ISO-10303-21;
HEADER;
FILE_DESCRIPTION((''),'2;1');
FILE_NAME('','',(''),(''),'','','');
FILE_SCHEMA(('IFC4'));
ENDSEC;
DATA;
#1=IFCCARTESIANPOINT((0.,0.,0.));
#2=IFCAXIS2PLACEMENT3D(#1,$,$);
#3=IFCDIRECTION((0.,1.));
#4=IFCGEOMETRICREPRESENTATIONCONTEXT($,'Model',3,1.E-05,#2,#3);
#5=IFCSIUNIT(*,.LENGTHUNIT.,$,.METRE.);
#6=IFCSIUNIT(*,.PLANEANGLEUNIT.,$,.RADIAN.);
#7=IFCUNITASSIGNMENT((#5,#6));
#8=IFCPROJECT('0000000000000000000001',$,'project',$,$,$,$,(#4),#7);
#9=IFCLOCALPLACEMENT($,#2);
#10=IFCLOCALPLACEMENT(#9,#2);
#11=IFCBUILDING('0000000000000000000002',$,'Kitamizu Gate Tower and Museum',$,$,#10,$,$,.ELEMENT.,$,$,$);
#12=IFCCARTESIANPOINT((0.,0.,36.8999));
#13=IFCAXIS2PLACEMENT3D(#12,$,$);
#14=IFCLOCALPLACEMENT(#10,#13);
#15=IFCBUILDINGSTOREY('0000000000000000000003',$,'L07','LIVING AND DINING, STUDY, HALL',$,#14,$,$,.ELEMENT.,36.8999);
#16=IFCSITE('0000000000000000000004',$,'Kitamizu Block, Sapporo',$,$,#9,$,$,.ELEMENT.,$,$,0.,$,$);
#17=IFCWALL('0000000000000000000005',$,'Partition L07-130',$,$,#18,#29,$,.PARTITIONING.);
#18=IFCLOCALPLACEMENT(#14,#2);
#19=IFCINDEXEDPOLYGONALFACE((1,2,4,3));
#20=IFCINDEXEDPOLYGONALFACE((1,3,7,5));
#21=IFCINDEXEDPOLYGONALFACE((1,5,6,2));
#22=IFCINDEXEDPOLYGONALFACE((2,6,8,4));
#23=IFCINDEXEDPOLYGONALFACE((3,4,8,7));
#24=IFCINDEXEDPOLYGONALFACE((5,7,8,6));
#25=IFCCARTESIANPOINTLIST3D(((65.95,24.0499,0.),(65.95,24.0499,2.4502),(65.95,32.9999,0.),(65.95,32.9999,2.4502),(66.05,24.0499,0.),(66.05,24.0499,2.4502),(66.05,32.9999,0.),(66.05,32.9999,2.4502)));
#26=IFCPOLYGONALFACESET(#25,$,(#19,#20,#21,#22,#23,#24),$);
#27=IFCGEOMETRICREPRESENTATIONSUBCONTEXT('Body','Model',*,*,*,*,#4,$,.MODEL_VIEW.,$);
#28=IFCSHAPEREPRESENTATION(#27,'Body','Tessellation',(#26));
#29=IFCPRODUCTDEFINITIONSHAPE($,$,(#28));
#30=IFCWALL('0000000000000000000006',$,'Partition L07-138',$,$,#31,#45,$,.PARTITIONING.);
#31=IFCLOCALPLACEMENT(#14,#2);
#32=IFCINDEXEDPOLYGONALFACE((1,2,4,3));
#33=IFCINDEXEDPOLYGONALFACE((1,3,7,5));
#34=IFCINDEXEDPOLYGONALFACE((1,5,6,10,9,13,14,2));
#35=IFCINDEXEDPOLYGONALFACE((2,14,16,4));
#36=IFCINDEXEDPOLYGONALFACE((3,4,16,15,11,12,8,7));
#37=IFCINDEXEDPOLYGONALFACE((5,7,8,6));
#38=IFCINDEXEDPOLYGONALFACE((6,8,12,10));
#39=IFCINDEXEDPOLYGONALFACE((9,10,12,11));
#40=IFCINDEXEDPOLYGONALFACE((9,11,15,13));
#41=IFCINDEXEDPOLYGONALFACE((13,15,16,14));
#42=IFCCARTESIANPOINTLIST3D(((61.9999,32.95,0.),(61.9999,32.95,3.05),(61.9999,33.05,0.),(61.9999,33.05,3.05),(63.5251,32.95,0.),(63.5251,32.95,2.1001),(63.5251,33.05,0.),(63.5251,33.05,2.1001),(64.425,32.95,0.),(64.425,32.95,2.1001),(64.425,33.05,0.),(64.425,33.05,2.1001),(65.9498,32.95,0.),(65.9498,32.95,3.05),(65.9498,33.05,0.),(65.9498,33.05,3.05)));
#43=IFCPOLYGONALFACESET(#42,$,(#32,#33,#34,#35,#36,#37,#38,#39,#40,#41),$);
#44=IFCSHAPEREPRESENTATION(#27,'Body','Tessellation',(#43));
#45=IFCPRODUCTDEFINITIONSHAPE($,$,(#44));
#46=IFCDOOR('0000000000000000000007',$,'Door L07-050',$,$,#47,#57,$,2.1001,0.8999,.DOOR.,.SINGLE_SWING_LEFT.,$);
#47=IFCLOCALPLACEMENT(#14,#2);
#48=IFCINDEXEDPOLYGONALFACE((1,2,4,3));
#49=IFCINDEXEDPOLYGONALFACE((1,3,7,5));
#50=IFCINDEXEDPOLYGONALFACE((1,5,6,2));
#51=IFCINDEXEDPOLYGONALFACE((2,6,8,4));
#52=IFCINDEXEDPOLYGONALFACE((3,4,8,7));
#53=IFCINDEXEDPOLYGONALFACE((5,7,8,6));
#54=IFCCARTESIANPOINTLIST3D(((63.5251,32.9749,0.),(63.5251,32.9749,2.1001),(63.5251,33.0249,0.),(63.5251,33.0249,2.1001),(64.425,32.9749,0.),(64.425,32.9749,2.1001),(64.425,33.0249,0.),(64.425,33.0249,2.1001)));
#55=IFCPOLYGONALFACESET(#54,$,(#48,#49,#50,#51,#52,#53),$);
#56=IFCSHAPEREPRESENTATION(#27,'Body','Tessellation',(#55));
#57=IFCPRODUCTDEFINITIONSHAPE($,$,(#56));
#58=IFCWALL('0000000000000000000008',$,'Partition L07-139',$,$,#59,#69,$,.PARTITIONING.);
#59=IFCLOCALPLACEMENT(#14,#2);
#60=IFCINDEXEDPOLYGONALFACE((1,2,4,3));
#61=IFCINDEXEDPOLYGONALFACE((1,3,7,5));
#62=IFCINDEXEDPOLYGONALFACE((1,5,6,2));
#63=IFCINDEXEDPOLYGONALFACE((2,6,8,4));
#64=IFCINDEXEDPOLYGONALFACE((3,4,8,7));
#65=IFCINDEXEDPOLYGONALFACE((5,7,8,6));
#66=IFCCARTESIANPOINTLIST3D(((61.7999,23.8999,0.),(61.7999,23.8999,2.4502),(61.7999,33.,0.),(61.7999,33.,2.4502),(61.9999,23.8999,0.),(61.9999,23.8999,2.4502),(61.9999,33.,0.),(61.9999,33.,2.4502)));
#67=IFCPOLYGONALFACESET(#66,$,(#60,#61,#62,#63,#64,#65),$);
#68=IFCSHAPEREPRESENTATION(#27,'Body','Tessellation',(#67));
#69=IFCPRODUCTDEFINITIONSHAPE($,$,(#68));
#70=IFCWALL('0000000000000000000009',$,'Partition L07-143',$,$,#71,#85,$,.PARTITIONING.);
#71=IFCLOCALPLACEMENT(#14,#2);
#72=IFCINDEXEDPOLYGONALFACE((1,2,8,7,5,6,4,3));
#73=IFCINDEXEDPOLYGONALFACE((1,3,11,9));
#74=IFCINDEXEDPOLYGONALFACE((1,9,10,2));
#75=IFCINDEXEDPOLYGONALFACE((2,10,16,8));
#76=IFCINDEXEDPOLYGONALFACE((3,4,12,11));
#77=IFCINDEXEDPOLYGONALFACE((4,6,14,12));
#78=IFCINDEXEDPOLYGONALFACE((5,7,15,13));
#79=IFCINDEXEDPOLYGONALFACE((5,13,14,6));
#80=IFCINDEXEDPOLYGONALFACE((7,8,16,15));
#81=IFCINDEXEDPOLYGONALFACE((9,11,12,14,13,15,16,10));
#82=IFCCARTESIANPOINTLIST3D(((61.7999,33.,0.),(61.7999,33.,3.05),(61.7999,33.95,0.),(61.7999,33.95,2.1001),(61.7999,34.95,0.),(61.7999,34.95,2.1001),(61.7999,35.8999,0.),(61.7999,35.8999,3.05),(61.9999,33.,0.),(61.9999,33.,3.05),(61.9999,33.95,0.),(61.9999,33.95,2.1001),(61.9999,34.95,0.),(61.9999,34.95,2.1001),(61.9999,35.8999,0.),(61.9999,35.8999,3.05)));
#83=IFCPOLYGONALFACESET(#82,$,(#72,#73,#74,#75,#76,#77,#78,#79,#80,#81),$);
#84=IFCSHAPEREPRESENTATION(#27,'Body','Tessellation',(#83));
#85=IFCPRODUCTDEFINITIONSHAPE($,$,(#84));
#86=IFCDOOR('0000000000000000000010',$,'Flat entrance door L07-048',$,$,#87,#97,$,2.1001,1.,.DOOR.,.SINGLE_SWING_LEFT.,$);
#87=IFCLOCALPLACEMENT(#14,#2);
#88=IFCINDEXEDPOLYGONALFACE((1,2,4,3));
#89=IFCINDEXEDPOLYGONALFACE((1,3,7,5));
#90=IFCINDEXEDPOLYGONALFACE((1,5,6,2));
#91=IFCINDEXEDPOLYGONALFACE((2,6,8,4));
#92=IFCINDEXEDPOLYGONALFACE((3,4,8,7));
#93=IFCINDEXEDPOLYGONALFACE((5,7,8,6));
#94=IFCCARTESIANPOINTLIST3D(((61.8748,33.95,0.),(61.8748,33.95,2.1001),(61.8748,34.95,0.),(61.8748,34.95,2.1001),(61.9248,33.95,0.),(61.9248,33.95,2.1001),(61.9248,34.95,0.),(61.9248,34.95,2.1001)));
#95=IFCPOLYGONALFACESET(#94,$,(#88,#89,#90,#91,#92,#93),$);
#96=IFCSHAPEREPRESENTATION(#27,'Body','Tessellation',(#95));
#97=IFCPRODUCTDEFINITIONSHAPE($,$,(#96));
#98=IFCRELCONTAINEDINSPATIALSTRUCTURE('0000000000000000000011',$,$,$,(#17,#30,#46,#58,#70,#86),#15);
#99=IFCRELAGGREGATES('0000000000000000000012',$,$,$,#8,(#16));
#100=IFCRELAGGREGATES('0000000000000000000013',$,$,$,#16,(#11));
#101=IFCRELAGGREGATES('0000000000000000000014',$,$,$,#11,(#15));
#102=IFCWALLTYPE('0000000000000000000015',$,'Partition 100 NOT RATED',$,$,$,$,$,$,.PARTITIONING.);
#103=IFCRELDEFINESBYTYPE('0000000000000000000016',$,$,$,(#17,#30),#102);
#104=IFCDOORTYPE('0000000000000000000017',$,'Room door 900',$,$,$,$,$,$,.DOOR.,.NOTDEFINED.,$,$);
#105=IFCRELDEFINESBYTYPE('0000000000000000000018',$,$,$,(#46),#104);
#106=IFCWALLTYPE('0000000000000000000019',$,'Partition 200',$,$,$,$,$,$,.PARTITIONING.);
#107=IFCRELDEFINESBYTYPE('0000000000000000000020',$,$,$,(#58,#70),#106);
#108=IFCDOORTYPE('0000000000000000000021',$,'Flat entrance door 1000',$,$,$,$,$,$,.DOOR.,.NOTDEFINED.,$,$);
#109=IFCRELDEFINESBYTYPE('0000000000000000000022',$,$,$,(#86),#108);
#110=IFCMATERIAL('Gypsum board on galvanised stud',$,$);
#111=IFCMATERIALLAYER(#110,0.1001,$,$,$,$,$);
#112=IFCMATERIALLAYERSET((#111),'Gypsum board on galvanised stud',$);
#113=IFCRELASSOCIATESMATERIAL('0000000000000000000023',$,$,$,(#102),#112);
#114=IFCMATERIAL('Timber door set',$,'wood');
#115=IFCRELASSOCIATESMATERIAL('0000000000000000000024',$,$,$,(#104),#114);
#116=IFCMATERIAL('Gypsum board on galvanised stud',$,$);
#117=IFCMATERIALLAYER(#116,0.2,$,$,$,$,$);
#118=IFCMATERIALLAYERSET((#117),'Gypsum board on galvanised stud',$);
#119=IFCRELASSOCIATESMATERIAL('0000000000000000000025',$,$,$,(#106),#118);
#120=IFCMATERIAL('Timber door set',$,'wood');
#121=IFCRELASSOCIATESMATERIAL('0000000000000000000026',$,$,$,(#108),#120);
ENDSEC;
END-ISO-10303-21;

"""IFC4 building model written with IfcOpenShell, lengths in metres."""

from ifc_helpers import new_model, si_unit, direction, frame, frame_2d, origin, place, context, subcontext, project, spatial, rectangle, extrude, material, layer, layer_set, type_object, element, fill, save


model = new_model("IFC4")

# Units and contexts
model_context = context("Model", 3, precision=1e-05, world=origin(), true_north=direction((0.0, 1.0)))
body_context = subcontext(model_context, "Body", "Model", "MODEL_VIEW")
ifc_project = project(units=[si_unit("LENGTHUNIT", "METRE"), si_unit("PLANEANGLEUNIT", "RADIAN")], contexts=[model_context])

# Site, building, storey
site_placement = place(None, origin())
site = spatial("IfcSite", under=ifc_project, at=site_placement, Name="Kitamizu Block, Sapporo", CompositionType="ELEMENT", RefElevation=0.0)
building_placement = place(site_placement, origin())
building = spatial("IfcBuilding", under=site, at=building_placement, Name="Kitamizu Gate Tower and Museum", CompositionType="ELEMENT")
storey_placement = place(building_placement, frame((0.0, 0.0, 36.8999)))
storey = spatial("IfcBuildingStorey", under=building, at=storey_placement, Name="L07", Description="LIVING AND DINING, STUDY, HALL", CompositionType="ELEMENT", Elevation=36.8999)

# Shared definitions
ifc_material_1 = material(Name="Gypsum board on galvanised stud")
ifc_layer_1 = layer(ifc_material_1, 0.1001)
ifc_layer_set_1 = layer_set([ifc_layer_1], Name="Gypsum board on galvanised stud")
wall_type_1 = type_object("IfcWallType", Name="Partition 100 NOT RATED", PredefinedType="PARTITIONING", material=ifc_layer_set_1)
ifc_material_2 = material(Name="Timber door set", Category="wood")
door_type_1 = type_object("IfcDoorType", Name="Room door 900", OperationType="NOTDEFINED", PredefinedType="DOOR", material=ifc_material_2)

# Wall
wall_1_placement = place(storey_placement, frame((66.0, 33.0, 0.0), z_axis=(0.0, 0.0, 1.0), x_axis=(0.0, -1.0, 0.0)))
element("IfcWall", 1, at=wall_1_placement, inside=storey, type_object=wall_type_1, Name="Partition L07-130", PredefinedType="PARTITIONING", context=body_context, shape_type="SweptSolid", body=[
    extrude(rectangle(XDim=8.95, YDim=0.1001, at=frame_2d((4.4751, 0.0))), origin(), (0.0, 0.0, 1.0), 2.4502),
])

# Wall, opening, door
wall_2_placement = place(storey_placement, frame((65.95, 33.0, 0.0), z_axis=(0.0, 0.0, 1.0), x_axis=(-1.0, 0.0, 0.0)))
wall_2 = element("IfcWall", 2, at=wall_2_placement, inside=storey, type_object=wall_type_1, Name="Partition L07-138", PredefinedType="PARTITIONING", context=body_context, shape_type="SweptSolid", body=[
    extrude(rectangle(XDim=3.95, YDim=0.1001, at=frame_2d((1.9751, 0.0))), origin(), (0.0, 0.0, 1.0), 3.05),
])
opening_1_placement = place(wall_2_placement, frame((1.5249, 0.0, 0.0)))
opening_1 = element("IfcOpeningElement", 3, at=opening_1_placement, cuts=wall_2, PredefinedType="OPENING", context=body_context, shape_type="SweptSolid", body=[
    extrude(rectangle(XDim=0.8999, YDim=2.1001, at=frame_2d((0.45, 1.05))), frame((0.0, 0.0601, 0.0), z_axis=(0.0, -1.0, 0.0), x_axis=(1.0, 0.0, 0.0)), (0.0, 0.0, 1.0), 0.1201),
])
door_1_placement = place(opening_1_placement, frame((0.8999, 0.0, 0.0), x_axis=(-1.0, 0.0, 0.0)))
door_1 = element("IfcDoor", 4, at=door_1_placement, inside=storey, type_object=door_type_1, Name="Door L07-050", OperationType="SINGLE_SWING_LEFT", OverallHeight=2.1001, OverallWidth=0.8999, PredefinedType="DOOR", context=body_context, shape_type="SweptSolid", body=[
    extrude(rectangle(XDim=0.8999, YDim=2.1001, at=frame_2d((0.45, 1.05))), frame((0.0, 0.0249, 0.0), z_axis=(0.0, -1.0, 0.0), x_axis=(1.0, 0.0, 0.0)), (0.0, 0.0, 1.0), 0.05),
])
fill(opening_1, door_1)

# Wall
ifc_material_3 = material(Name="Gypsum board on galvanised stud")
ifc_layer_2 = layer(ifc_material_3, 0.2)
ifc_layer_set_2 = layer_set([ifc_layer_2], Name="Gypsum board on galvanised stud")
wall_type_2 = type_object("IfcWallType", Name="Partition 200", PredefinedType="PARTITIONING", material=ifc_layer_set_2)
wall_3_placement = place(storey_placement, frame((61.8999, 33.0, 0.0), z_axis=(0.0, 0.0, 1.0), x_axis=(0.0, -1.0, 0.0)))
element("IfcWall", 5, at=wall_3_placement, inside=storey, type_object=wall_type_2, Name="Partition L07-139", PredefinedType="PARTITIONING", context=body_context, shape_type="SweptSolid", body=[
    extrude(rectangle(XDim=9.1001, YDim=0.2, at=frame_2d((4.55, 0.0))), origin(), (0.0, 0.0, 1.0), 2.4502),
])

# Wall, opening, door
wall_4_placement = place(storey_placement, frame((61.8999, 35.8999, 0.0), z_axis=(0.0, 0.0, 1.0), x_axis=(0.0, -1.0, 0.0)))
wall_4 = element("IfcWall", 6, at=wall_4_placement, inside=storey, type_object=wall_type_2, Name="Partition L07-143", PredefinedType="PARTITIONING", context=body_context, shape_type="SweptSolid", body=[
    extrude(rectangle(XDim=2.8999, YDim=0.2, at=frame_2d((1.45, 0.0))), origin(), (0.0, 0.0, 1.0), 3.05),
])
opening_2_placement = place(wall_4_placement, frame((0.95, 0.0, 0.0)))
opening_2 = element("IfcOpeningElement", 7, at=opening_2_placement, cuts=wall_4, PredefinedType="OPENING", context=body_context, shape_type="SweptSolid", body=[
    extrude(rectangle(XDim=1.0, YDim=2.1001, at=frame_2d((0.5, 1.05))), frame((0.0, 0.1099, 0.0), z_axis=(0.0, -1.0, 0.0), x_axis=(1.0, 0.0, 0.0)), (0.0, 0.0, 1.0), 0.22),
])
ifc_material_4 = material(Name="Timber door set", Category="wood")
door_type_2 = type_object("IfcDoorType", Name="Flat entrance door 1000", OperationType="NOTDEFINED", PredefinedType="DOOR", material=ifc_material_4)
door_2_placement = place(opening_2_placement, origin())
door_2 = element("IfcDoor", 8, at=door_2_placement, inside=storey, type_object=door_type_2, Name="Flat entrance door L07-048", OperationType="SINGLE_SWING_LEFT", OverallHeight=2.1001, OverallWidth=1.0, PredefinedType="DOOR", context=body_context, shape_type="SweptSolid", body=[
    extrude(rectangle(XDim=1.0, YDim=2.1001, at=frame_2d((0.5, 1.05))), frame((0.0, 0.0249, 0.0), z_axis=(0.0, -1.0, 0.0), x_axis=(1.0, 0.0, 0.0)), (0.0, 0.0, 1.0), 0.05),
])
fill(opening_2, door_2)

save(model, "model.ifc")
